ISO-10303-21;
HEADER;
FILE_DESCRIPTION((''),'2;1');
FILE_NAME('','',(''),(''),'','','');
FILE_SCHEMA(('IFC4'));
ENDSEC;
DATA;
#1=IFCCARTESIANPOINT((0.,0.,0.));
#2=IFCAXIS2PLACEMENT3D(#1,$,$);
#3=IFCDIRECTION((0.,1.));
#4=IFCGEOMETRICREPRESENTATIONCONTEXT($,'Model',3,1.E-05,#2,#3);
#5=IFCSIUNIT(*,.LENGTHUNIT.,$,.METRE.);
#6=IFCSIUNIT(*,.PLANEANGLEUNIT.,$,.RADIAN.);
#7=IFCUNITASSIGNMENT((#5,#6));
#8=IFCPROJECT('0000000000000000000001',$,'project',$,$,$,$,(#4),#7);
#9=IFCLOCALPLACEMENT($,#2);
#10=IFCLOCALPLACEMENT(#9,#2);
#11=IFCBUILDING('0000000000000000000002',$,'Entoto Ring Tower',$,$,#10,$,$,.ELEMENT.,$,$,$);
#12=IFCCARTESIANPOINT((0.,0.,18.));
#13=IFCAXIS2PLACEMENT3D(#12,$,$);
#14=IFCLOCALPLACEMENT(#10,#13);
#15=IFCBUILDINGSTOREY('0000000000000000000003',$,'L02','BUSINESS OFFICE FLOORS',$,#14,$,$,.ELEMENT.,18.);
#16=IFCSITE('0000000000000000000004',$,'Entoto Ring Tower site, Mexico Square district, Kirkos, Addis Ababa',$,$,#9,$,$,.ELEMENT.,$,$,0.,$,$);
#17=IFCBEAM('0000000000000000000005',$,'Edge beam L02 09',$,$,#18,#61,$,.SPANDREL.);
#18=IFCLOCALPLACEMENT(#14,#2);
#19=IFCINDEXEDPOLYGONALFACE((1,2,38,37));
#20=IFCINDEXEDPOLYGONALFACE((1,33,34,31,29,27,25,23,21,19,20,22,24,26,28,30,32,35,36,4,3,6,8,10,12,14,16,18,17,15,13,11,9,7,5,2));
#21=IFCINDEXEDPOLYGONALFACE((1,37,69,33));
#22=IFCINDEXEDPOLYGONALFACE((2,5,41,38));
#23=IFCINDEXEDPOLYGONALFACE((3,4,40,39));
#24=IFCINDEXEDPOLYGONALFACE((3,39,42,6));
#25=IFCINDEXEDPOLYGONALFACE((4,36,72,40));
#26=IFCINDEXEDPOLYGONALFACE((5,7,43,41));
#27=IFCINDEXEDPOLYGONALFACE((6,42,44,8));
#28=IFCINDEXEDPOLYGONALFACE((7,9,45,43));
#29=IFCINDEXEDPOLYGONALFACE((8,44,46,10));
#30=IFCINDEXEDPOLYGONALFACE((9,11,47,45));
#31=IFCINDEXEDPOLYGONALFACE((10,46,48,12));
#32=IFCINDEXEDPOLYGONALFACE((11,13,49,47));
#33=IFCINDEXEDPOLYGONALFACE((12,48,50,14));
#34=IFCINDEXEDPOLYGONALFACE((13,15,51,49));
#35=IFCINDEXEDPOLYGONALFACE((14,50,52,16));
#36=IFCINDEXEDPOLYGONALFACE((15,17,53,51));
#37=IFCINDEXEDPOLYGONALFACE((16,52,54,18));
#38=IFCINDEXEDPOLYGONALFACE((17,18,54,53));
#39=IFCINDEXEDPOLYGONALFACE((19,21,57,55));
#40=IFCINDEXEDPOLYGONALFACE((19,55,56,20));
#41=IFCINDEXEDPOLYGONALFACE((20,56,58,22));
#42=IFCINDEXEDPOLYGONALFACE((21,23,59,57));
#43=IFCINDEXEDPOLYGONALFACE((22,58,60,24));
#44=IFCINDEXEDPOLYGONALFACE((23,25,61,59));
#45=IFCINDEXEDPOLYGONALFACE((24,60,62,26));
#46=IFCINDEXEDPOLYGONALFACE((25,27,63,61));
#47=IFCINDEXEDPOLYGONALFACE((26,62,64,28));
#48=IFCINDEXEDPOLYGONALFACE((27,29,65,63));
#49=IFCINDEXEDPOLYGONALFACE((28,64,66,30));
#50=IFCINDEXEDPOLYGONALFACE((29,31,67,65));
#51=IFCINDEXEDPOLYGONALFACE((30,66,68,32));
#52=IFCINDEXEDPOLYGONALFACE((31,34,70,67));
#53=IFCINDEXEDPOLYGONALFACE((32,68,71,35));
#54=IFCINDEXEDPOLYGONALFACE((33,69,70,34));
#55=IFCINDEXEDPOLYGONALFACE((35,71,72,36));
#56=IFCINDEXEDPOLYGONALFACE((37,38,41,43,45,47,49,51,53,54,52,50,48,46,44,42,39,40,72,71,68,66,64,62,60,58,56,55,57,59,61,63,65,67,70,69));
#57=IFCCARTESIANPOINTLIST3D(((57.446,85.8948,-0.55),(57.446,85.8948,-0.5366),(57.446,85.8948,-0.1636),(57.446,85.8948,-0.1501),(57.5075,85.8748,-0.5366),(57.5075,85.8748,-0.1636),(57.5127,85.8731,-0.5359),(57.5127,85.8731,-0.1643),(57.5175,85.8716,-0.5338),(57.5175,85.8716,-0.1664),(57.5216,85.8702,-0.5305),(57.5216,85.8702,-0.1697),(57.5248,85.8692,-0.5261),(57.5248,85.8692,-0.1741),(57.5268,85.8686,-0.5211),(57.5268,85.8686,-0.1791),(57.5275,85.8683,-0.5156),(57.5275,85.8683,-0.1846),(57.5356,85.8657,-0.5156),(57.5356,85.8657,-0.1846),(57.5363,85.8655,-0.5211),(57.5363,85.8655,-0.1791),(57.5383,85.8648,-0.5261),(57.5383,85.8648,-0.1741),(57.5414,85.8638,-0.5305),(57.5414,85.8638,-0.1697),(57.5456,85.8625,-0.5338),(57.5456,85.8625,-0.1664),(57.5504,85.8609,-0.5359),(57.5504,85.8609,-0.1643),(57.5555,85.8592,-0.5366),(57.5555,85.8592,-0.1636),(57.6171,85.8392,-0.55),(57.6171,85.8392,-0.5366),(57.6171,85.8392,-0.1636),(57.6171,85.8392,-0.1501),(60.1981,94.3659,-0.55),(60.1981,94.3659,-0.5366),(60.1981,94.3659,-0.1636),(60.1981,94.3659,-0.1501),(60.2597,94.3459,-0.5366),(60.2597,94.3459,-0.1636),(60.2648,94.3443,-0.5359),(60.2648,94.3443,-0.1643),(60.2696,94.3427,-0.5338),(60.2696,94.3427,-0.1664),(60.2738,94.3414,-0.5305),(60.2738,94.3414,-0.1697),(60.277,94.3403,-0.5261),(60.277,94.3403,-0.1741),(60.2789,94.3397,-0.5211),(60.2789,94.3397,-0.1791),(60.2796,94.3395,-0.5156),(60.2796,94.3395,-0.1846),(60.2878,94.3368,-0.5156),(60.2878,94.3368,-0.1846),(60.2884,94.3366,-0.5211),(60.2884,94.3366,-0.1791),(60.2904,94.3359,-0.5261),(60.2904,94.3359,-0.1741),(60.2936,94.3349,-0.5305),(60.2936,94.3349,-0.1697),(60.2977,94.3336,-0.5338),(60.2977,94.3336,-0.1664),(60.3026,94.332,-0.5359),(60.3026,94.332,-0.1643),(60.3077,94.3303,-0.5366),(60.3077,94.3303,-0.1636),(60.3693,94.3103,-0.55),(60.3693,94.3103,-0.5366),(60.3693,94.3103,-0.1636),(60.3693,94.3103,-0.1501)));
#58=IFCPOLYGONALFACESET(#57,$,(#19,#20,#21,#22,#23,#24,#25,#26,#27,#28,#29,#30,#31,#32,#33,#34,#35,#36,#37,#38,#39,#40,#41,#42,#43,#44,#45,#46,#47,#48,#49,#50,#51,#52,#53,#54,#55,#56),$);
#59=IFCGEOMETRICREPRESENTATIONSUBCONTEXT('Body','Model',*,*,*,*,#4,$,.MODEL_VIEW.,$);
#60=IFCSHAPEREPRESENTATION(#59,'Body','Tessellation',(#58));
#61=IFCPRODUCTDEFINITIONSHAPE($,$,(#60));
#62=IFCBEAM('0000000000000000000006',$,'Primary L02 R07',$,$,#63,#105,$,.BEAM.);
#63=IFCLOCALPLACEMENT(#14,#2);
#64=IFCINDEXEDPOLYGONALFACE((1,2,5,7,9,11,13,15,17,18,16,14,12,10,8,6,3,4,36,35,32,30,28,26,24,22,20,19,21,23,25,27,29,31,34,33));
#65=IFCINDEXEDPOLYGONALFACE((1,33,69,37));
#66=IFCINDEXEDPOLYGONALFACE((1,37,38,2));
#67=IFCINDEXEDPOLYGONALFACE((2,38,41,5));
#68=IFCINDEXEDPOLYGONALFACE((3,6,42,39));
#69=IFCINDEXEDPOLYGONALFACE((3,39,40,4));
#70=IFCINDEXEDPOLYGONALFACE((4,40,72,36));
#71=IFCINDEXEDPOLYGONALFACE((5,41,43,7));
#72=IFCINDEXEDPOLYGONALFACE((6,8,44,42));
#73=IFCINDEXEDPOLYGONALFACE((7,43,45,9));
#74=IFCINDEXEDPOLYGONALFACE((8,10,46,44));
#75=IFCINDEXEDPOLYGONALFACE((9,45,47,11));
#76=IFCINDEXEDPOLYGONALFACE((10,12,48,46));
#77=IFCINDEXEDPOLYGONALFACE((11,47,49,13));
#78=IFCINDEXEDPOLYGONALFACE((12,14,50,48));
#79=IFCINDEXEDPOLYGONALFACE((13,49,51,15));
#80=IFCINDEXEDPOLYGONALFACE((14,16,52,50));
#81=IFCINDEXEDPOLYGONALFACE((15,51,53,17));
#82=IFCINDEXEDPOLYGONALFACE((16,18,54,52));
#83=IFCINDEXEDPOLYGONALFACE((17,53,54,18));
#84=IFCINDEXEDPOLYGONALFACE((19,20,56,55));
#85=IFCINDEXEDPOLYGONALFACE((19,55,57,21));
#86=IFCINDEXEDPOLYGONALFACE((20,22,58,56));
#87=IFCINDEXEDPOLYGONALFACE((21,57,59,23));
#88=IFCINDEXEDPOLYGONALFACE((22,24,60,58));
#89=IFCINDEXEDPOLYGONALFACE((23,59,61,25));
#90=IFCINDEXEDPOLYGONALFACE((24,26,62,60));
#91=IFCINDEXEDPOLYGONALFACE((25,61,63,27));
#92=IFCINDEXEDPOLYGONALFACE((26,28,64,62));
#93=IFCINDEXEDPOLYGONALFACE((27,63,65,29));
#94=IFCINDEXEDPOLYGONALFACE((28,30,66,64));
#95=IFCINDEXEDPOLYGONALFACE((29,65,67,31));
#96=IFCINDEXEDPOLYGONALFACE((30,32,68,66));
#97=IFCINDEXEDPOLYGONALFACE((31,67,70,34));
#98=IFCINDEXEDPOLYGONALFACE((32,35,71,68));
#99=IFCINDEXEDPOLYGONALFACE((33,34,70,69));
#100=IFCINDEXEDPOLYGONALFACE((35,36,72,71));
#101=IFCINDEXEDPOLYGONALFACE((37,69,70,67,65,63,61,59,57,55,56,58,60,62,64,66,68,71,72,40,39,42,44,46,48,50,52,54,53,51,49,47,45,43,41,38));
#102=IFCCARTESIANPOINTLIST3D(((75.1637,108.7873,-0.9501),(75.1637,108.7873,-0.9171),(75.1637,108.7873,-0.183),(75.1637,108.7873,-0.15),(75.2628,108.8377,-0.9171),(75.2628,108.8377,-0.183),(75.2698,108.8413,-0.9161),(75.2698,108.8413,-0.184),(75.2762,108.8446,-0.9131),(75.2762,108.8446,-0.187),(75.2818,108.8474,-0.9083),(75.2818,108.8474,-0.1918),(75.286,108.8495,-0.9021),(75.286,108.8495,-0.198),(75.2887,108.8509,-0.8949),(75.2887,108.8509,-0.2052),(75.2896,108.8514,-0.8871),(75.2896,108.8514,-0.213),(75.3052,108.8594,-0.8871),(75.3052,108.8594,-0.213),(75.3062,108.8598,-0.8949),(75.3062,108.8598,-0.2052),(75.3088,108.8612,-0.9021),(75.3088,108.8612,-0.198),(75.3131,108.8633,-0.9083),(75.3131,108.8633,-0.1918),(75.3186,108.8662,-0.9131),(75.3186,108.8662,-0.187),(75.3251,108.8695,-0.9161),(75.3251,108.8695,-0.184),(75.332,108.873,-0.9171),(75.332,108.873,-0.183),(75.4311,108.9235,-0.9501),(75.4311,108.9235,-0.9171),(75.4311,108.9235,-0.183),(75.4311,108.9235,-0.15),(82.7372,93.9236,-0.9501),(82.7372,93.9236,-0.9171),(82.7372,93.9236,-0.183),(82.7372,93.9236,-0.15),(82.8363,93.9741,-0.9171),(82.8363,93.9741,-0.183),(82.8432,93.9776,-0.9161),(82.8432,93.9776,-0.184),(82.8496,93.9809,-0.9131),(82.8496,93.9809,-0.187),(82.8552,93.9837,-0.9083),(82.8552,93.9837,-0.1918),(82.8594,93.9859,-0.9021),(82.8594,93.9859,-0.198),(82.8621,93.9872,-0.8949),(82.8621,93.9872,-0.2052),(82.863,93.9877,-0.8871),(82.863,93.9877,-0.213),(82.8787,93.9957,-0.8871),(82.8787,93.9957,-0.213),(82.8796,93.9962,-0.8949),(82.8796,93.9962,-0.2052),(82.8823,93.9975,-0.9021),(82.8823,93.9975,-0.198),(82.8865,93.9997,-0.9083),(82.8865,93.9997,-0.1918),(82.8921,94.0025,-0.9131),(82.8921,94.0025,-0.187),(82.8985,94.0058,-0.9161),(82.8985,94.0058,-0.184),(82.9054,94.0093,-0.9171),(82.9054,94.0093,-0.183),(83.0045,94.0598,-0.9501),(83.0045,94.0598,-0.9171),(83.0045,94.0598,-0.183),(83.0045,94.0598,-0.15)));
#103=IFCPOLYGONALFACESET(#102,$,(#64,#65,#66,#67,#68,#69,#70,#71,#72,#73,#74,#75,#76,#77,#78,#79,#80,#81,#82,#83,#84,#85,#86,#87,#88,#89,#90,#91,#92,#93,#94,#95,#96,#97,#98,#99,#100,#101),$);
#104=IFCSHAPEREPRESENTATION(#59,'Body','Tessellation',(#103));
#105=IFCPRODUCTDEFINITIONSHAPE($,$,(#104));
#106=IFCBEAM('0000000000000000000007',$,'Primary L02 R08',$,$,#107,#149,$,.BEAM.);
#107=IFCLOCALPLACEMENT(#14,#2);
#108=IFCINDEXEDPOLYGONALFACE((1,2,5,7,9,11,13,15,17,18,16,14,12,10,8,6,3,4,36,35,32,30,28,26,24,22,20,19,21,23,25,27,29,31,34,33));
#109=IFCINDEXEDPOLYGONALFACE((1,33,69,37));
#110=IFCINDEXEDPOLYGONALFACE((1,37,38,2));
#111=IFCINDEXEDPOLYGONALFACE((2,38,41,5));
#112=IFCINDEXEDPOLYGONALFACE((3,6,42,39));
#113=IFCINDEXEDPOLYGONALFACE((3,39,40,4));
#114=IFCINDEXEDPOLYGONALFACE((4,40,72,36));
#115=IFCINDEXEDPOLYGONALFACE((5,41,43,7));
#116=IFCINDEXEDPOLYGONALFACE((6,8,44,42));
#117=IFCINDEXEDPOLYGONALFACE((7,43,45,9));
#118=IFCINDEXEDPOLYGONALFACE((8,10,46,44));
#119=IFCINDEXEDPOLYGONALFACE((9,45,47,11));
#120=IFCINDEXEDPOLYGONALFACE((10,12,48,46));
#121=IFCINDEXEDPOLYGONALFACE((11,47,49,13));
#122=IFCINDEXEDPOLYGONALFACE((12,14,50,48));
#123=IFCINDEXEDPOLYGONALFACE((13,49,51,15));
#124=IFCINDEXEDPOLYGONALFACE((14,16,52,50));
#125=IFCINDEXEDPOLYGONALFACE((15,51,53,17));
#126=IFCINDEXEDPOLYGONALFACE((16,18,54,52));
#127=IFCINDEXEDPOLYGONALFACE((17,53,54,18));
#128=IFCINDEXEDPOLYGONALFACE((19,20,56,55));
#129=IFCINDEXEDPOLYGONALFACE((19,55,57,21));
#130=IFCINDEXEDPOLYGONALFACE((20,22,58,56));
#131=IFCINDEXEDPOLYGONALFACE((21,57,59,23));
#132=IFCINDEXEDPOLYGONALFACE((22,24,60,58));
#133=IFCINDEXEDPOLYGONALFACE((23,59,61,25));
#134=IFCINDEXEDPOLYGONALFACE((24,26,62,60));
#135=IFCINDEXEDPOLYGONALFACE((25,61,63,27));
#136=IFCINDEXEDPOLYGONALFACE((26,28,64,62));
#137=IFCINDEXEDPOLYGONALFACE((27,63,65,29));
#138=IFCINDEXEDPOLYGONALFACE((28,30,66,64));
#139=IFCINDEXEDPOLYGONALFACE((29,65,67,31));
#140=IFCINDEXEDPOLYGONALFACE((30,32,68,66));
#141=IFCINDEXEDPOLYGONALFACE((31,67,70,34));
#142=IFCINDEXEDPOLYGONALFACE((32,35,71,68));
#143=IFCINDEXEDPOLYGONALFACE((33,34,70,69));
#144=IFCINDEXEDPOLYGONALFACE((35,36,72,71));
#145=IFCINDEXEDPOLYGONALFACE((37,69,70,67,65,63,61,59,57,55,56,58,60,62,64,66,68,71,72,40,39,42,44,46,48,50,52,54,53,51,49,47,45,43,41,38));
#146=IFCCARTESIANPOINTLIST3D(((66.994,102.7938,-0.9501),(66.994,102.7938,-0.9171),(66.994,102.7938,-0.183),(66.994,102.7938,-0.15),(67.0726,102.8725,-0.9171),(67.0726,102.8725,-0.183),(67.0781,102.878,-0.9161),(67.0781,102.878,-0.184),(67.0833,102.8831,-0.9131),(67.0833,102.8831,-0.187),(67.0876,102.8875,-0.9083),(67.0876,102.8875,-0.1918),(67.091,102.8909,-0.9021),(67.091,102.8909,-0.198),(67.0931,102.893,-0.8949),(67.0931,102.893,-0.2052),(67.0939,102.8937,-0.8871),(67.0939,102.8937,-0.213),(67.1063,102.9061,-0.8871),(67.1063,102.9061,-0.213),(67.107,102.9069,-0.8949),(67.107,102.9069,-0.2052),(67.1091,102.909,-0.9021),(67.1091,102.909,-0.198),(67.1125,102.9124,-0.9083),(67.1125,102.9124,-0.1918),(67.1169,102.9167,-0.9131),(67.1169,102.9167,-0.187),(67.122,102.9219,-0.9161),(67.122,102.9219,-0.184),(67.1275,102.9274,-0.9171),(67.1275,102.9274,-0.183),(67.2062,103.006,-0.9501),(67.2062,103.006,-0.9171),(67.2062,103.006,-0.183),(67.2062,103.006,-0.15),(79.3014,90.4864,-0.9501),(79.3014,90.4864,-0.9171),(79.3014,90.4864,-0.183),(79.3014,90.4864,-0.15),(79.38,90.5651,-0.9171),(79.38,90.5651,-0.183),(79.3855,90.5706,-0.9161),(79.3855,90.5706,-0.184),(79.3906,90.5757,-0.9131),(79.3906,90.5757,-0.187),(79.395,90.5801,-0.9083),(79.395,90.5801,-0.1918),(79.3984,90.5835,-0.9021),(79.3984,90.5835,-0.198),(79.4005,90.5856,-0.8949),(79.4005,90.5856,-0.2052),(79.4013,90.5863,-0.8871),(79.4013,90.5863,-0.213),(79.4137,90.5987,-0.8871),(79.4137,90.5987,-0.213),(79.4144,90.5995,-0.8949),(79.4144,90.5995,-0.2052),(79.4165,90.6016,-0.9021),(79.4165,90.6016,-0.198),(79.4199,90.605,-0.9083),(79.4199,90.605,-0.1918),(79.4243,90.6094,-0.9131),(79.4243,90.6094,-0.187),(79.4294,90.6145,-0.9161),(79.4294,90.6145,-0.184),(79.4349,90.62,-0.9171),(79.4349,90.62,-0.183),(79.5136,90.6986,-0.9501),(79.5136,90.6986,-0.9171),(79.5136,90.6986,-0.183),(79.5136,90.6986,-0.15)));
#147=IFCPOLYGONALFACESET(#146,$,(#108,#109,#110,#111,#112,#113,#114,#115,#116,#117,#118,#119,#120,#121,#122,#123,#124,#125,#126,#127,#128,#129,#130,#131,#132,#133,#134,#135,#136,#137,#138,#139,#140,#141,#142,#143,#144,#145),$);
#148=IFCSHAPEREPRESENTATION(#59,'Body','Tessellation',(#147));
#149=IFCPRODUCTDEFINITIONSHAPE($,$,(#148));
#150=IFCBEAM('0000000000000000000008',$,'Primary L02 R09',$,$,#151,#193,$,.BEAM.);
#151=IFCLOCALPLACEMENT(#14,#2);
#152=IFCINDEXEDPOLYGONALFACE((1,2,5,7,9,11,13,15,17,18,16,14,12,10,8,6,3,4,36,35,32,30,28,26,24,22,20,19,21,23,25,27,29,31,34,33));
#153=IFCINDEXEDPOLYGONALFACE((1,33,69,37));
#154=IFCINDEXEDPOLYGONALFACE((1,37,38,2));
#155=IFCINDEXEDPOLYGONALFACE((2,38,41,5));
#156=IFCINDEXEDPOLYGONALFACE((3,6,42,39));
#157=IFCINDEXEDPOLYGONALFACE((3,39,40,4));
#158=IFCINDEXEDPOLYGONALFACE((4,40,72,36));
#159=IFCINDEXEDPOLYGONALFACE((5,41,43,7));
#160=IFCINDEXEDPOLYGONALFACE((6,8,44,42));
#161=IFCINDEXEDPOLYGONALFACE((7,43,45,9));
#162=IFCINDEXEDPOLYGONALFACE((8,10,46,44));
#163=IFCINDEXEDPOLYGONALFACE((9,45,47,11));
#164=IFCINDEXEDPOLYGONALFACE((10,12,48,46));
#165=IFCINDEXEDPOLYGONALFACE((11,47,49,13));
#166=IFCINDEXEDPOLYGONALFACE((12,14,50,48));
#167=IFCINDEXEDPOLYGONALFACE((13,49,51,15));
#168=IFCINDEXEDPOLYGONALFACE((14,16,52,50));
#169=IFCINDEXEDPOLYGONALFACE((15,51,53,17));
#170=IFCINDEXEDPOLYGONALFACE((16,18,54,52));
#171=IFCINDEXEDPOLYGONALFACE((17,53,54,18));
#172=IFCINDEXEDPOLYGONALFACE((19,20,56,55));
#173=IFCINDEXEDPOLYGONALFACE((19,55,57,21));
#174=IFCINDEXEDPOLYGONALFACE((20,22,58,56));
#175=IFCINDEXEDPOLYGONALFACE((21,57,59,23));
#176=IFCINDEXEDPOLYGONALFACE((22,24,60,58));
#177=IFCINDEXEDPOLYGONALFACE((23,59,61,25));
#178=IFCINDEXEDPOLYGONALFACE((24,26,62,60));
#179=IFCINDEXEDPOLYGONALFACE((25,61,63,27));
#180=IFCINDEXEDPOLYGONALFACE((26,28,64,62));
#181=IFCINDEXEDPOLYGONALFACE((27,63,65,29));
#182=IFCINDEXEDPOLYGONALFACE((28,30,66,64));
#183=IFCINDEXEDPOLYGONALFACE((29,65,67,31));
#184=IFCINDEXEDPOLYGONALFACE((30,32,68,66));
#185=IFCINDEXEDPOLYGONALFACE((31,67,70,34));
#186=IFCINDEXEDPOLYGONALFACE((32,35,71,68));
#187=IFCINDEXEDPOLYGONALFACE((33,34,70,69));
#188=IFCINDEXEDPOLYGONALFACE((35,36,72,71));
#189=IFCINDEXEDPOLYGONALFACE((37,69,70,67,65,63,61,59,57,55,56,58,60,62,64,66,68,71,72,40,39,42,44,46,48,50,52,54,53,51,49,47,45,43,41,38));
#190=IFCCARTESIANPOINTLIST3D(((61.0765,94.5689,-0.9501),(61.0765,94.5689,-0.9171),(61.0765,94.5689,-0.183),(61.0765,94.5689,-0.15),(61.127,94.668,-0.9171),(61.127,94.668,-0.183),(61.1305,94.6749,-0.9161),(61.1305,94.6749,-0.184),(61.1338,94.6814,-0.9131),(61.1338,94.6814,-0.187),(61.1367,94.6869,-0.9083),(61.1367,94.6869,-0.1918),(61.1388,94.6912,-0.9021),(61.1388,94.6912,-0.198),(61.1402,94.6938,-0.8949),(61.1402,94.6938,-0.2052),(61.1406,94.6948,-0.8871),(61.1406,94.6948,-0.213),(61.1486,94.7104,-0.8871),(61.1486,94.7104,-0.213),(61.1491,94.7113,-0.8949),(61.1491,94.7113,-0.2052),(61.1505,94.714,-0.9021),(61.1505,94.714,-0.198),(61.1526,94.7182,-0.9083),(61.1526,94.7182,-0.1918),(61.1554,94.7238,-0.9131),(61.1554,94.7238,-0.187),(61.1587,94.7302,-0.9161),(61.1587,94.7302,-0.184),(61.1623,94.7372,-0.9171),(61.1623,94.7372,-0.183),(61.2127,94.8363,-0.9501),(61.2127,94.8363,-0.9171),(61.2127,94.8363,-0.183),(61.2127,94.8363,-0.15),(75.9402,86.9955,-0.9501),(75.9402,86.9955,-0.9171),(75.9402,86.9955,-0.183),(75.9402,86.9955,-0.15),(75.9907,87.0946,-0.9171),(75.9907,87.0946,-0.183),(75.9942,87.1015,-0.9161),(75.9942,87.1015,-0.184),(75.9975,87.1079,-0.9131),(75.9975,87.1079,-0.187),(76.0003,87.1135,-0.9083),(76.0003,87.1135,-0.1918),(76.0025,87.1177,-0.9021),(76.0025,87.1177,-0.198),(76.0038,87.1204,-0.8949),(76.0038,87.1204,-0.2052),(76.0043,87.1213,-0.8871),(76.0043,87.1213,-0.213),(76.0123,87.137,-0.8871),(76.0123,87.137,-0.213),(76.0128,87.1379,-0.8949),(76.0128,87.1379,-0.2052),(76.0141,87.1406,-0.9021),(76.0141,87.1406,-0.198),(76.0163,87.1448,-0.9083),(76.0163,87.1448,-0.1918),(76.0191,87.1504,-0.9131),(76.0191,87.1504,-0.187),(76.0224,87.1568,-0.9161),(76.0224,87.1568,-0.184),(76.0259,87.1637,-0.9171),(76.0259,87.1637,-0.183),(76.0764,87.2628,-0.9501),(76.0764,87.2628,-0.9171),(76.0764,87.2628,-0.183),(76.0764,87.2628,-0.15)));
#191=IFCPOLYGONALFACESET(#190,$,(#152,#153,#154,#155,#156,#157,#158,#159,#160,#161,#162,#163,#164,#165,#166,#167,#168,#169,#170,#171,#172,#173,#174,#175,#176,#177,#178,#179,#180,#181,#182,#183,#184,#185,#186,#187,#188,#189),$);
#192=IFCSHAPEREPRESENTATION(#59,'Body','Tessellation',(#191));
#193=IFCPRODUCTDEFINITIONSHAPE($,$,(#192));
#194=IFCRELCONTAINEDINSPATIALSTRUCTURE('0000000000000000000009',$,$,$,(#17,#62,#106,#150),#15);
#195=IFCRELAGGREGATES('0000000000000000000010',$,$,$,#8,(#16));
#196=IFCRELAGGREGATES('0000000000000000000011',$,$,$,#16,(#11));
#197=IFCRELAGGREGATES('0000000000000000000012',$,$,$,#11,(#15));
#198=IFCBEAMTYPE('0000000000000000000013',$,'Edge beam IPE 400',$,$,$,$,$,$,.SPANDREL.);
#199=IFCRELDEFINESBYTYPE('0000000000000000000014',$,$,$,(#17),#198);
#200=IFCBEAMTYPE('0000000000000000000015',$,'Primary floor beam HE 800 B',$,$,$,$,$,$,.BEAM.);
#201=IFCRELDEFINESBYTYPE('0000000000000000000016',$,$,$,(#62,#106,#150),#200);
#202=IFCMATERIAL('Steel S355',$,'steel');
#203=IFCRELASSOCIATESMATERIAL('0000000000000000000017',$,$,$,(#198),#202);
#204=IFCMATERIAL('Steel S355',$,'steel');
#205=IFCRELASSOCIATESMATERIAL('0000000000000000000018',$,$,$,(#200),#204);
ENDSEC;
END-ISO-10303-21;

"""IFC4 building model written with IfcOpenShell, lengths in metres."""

from ifc_helpers import new_model, si_unit, direction, frame, origin, origin_2d, place, context, subcontext, project, spatial, i_section, extrude, material, material_profile, profile_set, type_object, element, save


model = new_model("IFC4")

# Units and contexts
model_context = context("Model", 3, precision=1e-05, world=origin(), true_north=direction((0.0, 1.0)))
body_context = subcontext(model_context, "Body", "Model", "MODEL_VIEW")
ifc_project = project(units=[si_unit("LENGTHUNIT", "METRE"), si_unit("PLANEANGLEUNIT", "RADIAN")], contexts=[model_context])

# Site, building, storey
site_placement = place(None, origin())
site = spatial("IfcSite", under=ifc_project, at=site_placement, Name="Entoto Ring Tower site, Mexico Square district, Kirkos, Addis Ababa", CompositionType="ELEMENT", RefElevation=0.0)
building_placement = place(site_placement, origin())
building = spatial("IfcBuilding", under=site, at=building_placement, Name="Entoto Ring Tower", CompositionType="ELEMENT")
storey_placement = place(building_placement, frame((0.0, 0.0, 18.0)))
storey = spatial("IfcBuildingStorey", under=building, at=storey_placement, Name="L02", Description="BUSINESS OFFICE FLOORS", CompositionType="ELEMENT", Elevation=18.0)

# Beams
ifc_material_1 = material(Name="Steel S355", Category="steel")
ifc_material_profile_1 = material_profile(ifc_material_1, i_section(OverallWidth=0.1799, OverallDepth=0.3999, WebThickness=0.0085, FlangeThickness=0.0134, FilletRadius=0.021, at=origin_2d()), Name="IPE 400")
ifc_profile_set_1 = profile_set([ifc_material_profile_1], Name="Steel S355")
beam_type_1 = type_object("IfcBeamType", Name="Edge beam IPE 400", PredefinedType="SPANDREL", material=ifc_profile_set_1)
beam_1_placement = place(storey_placement, frame((60.2837, 94.3381, -0.3501), z_axis=(-0.308991, -0.951065, 0.0), x_axis=(0.951065, -0.308991, 0.0)))
element("IfcBeam", 1, at=beam_1_placement, inside=storey, type_object=beam_type_1, Name="Edge beam L02 09", PredefinedType="SPANDREL", context=body_context, shape_type="SweptSolid", body=[
    extrude(i_section(OverallWidth=0.1799, OverallDepth=0.3999, WebThickness=0.0085, FlangeThickness=0.0134, FilletRadius=0.021, at=origin_2d()), origin(), (0.0, 0.0, 1.0), 8.907),
])
ifc_material_2 = material(Name="Steel S355", Category="steel")
ifc_material_profile_2 = material_profile(ifc_material_2, i_section(OverallWidth=0.3, OverallDepth=0.8, WebThickness=0.0176, FlangeThickness=0.033, FilletRadius=0.03, at=origin_2d()), Name="HE 800 B")
ifc_profile_set_2 = profile_set([ifc_material_profile_2], Name="Steel S355")
beam_type_2 = type_object("IfcBeamType", Name="Primary floor beam HE 800 B", PredefinedType="BEAM", material=ifc_profile_set_2)
beam_2_placement = place(storey_placement, frame((82.8708, 93.9917, -0.55), z_axis=(-0.453991, 0.891006, 0.0), x_axis=(-0.891006, -0.453991, 0.0)))
element("IfcBeam", 2, at=beam_2_placement, inside=storey, type_object=beam_type_2, Name="Primary L02 R07", PredefinedType="BEAM", context=body_context, shape_type="SweptSolid", body=[
    extrude(i_section(OverallWidth=0.3, OverallDepth=0.8, WebThickness=0.0176, FlangeThickness=0.033, FilletRadius=0.03, at=origin_2d()), origin(), (0.0, 0.0, 1.0), 16.6819),
])
beam_3_placement = place(storey_placement, frame((79.4075, 90.5925, -0.55), z_axis=(-0.707107, 0.707107, 0.0), x_axis=(-0.707107, -0.707107, 0.0)))
element("IfcBeam", 3, at=beam_3_placement, inside=storey, type_object=beam_type_2, Name="Primary L02 R08", PredefinedType="BEAM", context=body_context, shape_type="SweptSolid", body=[
    extrude(i_section(OverallWidth=0.3, OverallDepth=0.8, WebThickness=0.0176, FlangeThickness=0.033, FilletRadius=0.03, at=origin_2d()), origin(), (0.0, 0.0, 1.0), 17.4053),
])
beam_4_placement = place(storey_placement, frame((76.0083, 87.1292, -0.55), z_axis=(-0.891006, 0.453991, 0.0), x_axis=(-0.453991, -0.891006, 0.0)))
element("IfcBeam", 4, at=beam_4_placement, inside=storey, type_object=beam_type_2, Name="Primary L02 R09", PredefinedType="BEAM", context=body_context, shape_type="SweptSolid", body=[
    extrude(i_section(OverallWidth=0.3, OverallDepth=0.8, WebThickness=0.0176, FlangeThickness=0.033, FilletRadius=0.03, at=origin_2d()), origin(), (0.0, 0.0, 1.0), 16.6819),
])

save(model, "model.ifc")
